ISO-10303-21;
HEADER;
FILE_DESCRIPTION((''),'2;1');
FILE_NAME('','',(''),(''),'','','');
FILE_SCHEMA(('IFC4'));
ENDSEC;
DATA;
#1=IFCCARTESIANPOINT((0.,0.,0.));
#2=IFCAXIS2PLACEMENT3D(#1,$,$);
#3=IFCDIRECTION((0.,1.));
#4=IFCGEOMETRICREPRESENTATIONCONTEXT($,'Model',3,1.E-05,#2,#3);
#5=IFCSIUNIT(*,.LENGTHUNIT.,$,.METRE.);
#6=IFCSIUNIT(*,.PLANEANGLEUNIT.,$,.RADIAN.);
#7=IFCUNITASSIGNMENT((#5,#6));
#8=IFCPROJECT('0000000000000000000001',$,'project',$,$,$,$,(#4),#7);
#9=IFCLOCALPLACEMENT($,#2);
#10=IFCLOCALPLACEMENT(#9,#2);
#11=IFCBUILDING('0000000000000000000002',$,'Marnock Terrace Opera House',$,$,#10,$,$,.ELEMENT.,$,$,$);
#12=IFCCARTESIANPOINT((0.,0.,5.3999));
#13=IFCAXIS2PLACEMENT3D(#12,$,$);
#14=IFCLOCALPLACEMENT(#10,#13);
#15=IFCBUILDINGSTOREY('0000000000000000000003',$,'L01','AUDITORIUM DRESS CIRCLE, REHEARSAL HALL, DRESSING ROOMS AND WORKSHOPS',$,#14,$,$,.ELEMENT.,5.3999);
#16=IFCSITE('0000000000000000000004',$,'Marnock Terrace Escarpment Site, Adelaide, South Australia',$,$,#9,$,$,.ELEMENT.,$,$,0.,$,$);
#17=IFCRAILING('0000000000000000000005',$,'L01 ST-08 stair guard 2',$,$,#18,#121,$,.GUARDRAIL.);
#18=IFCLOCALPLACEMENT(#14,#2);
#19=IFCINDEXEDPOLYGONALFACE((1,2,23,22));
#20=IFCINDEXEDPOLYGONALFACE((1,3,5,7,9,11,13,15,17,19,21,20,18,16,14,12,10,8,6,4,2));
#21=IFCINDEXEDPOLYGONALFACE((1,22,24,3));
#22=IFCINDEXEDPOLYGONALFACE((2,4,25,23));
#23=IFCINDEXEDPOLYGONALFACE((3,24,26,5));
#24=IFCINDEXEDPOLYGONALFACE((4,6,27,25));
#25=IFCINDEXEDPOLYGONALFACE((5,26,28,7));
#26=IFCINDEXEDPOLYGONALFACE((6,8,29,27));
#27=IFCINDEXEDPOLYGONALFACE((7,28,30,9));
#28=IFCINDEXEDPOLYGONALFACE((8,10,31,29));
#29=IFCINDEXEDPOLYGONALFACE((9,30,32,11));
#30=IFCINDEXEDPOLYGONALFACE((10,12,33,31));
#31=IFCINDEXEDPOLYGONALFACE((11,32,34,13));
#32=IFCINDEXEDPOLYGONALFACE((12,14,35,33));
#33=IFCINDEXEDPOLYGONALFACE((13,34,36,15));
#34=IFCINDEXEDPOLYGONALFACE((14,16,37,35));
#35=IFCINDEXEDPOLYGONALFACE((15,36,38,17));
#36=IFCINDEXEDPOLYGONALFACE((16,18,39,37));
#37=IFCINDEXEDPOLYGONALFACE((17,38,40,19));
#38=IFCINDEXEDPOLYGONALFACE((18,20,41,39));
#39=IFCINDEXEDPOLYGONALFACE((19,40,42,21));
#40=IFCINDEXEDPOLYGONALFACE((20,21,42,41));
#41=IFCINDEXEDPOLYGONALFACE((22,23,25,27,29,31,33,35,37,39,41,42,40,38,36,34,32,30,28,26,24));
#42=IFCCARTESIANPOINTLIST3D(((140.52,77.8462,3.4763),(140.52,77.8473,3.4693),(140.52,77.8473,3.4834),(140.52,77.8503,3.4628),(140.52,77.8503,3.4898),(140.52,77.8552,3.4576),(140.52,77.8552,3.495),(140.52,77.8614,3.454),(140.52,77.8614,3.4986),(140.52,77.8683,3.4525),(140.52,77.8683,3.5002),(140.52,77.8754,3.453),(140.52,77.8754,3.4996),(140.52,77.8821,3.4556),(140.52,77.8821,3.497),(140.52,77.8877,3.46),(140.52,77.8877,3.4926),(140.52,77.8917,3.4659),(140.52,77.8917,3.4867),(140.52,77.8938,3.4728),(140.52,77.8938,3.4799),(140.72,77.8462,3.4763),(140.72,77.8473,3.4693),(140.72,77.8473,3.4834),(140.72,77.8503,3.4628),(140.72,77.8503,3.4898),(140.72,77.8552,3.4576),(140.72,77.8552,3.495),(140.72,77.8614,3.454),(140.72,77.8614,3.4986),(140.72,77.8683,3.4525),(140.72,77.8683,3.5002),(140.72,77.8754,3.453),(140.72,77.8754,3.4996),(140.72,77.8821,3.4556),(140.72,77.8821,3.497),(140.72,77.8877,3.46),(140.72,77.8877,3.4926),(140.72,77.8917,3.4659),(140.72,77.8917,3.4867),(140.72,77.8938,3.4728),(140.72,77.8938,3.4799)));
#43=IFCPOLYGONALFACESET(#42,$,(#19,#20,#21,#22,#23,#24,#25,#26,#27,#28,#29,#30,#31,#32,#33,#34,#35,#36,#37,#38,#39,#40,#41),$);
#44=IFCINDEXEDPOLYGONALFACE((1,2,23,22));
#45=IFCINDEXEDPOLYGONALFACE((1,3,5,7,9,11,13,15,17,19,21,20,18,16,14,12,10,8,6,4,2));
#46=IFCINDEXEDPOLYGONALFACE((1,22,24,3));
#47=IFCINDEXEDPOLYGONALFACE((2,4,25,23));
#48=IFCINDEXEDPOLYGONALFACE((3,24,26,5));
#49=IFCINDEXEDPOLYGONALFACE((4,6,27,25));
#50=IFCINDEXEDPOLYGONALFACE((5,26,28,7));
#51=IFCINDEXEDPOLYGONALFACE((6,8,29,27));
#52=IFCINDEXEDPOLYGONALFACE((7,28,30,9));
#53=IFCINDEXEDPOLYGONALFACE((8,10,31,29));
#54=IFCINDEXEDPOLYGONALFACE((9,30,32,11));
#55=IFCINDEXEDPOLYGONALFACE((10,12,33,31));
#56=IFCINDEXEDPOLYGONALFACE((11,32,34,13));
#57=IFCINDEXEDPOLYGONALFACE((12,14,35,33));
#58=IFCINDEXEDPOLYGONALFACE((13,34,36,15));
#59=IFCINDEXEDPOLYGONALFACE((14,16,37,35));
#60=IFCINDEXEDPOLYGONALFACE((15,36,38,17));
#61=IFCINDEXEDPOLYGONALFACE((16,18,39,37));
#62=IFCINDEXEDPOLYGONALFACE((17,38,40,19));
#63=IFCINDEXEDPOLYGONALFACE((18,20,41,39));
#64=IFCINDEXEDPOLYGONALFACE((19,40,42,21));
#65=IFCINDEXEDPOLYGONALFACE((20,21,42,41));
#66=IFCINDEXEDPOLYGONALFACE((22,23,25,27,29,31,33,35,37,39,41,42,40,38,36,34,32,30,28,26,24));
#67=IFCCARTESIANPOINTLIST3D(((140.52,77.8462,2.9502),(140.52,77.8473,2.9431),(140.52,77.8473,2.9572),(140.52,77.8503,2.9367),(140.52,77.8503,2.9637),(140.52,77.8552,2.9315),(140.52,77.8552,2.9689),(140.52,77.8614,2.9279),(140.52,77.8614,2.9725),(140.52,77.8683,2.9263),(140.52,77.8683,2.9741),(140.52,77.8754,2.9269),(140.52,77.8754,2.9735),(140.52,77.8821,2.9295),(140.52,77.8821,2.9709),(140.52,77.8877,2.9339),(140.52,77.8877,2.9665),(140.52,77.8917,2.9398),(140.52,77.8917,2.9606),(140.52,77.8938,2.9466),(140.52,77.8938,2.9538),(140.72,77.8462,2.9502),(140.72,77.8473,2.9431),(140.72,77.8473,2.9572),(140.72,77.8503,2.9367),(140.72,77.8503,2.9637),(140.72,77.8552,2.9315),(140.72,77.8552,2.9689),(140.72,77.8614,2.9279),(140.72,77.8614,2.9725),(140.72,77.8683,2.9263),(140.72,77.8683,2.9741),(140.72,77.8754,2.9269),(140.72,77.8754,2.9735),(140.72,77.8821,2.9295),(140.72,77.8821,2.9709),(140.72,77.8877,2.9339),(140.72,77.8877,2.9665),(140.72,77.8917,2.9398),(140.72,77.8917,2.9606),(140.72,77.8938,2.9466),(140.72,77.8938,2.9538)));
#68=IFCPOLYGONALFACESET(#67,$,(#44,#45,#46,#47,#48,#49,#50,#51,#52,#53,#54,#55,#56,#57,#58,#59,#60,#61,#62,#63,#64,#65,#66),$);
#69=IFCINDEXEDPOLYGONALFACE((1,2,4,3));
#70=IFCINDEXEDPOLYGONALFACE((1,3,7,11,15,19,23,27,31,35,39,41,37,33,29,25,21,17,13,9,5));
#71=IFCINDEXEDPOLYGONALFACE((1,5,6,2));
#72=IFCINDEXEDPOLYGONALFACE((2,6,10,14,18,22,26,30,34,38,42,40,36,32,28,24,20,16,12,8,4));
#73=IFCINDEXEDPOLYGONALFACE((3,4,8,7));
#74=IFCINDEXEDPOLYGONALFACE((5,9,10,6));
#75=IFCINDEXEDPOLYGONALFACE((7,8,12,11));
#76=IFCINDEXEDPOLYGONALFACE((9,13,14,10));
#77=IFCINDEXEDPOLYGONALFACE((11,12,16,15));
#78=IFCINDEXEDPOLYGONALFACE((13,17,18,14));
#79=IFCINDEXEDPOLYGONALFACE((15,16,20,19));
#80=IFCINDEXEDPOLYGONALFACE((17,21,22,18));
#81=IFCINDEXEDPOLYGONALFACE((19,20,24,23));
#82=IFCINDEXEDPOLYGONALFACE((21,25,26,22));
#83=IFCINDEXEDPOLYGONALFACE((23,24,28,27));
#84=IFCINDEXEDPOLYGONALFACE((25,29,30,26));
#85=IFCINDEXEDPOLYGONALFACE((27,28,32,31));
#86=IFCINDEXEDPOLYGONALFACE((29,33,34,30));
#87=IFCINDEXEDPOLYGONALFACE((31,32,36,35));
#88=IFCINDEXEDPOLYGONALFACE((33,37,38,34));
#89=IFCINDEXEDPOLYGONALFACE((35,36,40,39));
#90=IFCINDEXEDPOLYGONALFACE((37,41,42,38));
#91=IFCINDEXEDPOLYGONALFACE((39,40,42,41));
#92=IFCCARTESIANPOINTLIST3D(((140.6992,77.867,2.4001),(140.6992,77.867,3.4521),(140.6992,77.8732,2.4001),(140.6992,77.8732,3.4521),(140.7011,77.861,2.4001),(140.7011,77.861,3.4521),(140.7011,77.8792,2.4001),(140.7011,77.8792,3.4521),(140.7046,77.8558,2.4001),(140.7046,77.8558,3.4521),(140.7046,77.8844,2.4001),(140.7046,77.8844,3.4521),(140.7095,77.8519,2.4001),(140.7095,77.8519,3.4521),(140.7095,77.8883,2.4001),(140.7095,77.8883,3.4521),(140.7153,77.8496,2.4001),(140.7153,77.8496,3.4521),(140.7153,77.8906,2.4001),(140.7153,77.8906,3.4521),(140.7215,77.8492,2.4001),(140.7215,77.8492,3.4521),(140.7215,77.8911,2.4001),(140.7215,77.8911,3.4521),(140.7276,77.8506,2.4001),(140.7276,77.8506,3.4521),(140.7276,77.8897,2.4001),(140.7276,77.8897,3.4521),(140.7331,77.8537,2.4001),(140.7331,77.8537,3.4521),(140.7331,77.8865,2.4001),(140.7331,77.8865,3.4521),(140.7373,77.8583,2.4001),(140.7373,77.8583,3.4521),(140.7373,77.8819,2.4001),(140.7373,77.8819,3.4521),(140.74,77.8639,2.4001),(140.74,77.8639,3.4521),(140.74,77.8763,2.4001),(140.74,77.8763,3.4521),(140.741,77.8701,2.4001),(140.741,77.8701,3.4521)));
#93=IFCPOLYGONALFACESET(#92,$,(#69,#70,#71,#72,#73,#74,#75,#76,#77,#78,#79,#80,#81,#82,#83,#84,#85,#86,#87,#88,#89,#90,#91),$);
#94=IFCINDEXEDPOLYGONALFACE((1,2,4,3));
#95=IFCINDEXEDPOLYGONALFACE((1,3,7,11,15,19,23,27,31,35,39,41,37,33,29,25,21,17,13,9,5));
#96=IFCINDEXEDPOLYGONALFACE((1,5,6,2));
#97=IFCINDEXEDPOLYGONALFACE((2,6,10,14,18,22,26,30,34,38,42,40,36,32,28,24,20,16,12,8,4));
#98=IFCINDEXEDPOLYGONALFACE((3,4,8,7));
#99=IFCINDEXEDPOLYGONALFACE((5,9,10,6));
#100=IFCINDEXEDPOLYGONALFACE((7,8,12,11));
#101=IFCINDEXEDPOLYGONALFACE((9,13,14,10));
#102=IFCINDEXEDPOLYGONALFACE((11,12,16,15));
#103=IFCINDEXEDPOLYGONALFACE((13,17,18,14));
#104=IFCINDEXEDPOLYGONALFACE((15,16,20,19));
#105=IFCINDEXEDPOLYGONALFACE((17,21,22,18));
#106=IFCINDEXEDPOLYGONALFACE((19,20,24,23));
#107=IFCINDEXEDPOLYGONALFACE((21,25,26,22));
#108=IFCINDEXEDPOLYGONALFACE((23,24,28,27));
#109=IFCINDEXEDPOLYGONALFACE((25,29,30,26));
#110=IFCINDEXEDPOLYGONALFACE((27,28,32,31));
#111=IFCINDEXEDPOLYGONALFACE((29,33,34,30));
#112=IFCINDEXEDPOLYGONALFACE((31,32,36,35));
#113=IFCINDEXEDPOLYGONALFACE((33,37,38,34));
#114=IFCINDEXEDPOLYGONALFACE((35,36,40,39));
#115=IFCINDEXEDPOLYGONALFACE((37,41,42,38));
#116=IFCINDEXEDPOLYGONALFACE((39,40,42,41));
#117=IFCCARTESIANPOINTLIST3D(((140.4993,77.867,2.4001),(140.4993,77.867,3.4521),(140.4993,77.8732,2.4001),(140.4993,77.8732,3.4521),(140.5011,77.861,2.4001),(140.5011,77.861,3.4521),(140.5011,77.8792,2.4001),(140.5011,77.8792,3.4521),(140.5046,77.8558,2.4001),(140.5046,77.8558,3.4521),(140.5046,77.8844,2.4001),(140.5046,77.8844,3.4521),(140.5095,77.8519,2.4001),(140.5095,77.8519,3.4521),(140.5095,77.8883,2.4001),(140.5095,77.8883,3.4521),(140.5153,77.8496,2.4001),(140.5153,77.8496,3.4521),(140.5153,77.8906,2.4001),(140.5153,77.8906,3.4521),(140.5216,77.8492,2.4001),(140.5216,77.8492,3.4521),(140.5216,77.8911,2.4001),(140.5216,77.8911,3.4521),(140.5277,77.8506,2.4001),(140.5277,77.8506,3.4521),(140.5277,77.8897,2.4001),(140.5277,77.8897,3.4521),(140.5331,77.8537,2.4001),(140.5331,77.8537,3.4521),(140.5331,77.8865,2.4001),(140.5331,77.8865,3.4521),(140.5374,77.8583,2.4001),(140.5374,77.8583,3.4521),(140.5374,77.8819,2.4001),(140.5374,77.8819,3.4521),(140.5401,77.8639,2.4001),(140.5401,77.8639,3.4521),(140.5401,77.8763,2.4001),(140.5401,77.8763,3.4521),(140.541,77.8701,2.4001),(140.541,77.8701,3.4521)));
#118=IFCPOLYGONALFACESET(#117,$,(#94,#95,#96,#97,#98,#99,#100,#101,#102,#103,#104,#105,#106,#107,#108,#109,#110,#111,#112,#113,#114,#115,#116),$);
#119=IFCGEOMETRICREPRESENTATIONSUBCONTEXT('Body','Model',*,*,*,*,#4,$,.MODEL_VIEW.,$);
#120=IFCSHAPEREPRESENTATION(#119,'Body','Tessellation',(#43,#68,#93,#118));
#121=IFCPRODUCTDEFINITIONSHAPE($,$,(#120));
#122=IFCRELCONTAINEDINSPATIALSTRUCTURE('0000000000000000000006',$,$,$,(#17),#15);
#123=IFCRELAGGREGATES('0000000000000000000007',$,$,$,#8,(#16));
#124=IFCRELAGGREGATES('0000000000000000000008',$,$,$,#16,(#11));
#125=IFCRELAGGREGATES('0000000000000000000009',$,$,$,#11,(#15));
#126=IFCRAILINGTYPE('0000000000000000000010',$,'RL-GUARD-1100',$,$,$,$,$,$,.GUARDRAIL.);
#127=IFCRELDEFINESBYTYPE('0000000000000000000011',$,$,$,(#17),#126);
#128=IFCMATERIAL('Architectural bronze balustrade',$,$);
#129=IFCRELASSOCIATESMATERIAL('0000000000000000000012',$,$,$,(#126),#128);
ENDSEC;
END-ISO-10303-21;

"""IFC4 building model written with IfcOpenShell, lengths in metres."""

from ifc_helpers import new_model, si_unit, direction, frame, origin, origin_2d, place, context, subcontext, project, spatial, circle, extrude, material, type_object, element, save


model = new_model("IFC4")

# Units and contexts
model_context = context("Model", 3, precision=1e-05, world=origin(), true_north=direction((0.0, 1.0)))
body_context = subcontext(model_context, "Body", "Model", "MODEL_VIEW")
ifc_project = project(units=[si_unit("LENGTHUNIT", "METRE"), si_unit("PLANEANGLEUNIT", "RADIAN")], contexts=[model_context])

# Site, building, storey
site_placement = place(None, origin())
site = spatial("IfcSite", under=ifc_project, at=site_placement, Name="Marnock Terrace Escarpment Site, Adelaide, South Australia", CompositionType="ELEMENT", RefElevation=0.0)
building_placement = place(site_placement, origin())
building = spatial("IfcBuilding", under=site, at=building_placement, Name="Marnock Terrace Opera House", CompositionType="ELEMENT")
storey_placement = place(building_placement, frame((0.0, 0.0, 5.3999)))
storey = spatial("IfcBuildingStorey", under=building, at=storey_placement, Name="L01", Description="AUDITORIUM DRESS CIRCLE, REHEARSAL HALL, DRESSING ROOMS AND WORKSHOPS", CompositionType="ELEMENT", Elevation=5.3999)

# Railing
ifc_material_1 = material(Name="Architectural bronze balustrade")
railing_type_1 = type_object("IfcRailingType", Name="RL-GUARD-1100", PredefinedType="GUARDRAIL", material=ifc_material_1)
railing_1_placement = place(storey_placement, frame((140.72, 77.8701, 2.4001)))
element("IfcRailing", 1, at=railing_1_placement, inside=storey, type_object=railing_type_1, Name="L01 ST-08 stair guard 2", PredefinedType="GUARDRAIL", context=body_context, shape_type="SweptSolid", body=[
    extrude(circle(Radius=0.0239, at=origin_2d()), frame((0.0, 0.0, 1.0762), z_axis=(-1.0, 0.0, 0.0), x_axis=(0.0, -1.0, 0.0)), (0.0, 0.0, 1.0), 0.2),
    extrude(circle(Radius=0.0239, at=origin_2d()), frame((0.0, 0.0, 0.55), z_axis=(-1.0, 0.0, 0.0), x_axis=(0.0, -1.0, 0.0)), (0.0, 0.0, 1.0), 0.2),
    extrude(circle(Radius=0.021, at=origin_2d()), origin(), (0.0, 0.0, 1.0), 1.052),
    extrude(circle(Radius=0.021, at=origin_2d()), frame((-0.2, 0.0, 0.0)), (0.0, 0.0, 1.0), 1.052),
])

save(model, "model.ifc")
